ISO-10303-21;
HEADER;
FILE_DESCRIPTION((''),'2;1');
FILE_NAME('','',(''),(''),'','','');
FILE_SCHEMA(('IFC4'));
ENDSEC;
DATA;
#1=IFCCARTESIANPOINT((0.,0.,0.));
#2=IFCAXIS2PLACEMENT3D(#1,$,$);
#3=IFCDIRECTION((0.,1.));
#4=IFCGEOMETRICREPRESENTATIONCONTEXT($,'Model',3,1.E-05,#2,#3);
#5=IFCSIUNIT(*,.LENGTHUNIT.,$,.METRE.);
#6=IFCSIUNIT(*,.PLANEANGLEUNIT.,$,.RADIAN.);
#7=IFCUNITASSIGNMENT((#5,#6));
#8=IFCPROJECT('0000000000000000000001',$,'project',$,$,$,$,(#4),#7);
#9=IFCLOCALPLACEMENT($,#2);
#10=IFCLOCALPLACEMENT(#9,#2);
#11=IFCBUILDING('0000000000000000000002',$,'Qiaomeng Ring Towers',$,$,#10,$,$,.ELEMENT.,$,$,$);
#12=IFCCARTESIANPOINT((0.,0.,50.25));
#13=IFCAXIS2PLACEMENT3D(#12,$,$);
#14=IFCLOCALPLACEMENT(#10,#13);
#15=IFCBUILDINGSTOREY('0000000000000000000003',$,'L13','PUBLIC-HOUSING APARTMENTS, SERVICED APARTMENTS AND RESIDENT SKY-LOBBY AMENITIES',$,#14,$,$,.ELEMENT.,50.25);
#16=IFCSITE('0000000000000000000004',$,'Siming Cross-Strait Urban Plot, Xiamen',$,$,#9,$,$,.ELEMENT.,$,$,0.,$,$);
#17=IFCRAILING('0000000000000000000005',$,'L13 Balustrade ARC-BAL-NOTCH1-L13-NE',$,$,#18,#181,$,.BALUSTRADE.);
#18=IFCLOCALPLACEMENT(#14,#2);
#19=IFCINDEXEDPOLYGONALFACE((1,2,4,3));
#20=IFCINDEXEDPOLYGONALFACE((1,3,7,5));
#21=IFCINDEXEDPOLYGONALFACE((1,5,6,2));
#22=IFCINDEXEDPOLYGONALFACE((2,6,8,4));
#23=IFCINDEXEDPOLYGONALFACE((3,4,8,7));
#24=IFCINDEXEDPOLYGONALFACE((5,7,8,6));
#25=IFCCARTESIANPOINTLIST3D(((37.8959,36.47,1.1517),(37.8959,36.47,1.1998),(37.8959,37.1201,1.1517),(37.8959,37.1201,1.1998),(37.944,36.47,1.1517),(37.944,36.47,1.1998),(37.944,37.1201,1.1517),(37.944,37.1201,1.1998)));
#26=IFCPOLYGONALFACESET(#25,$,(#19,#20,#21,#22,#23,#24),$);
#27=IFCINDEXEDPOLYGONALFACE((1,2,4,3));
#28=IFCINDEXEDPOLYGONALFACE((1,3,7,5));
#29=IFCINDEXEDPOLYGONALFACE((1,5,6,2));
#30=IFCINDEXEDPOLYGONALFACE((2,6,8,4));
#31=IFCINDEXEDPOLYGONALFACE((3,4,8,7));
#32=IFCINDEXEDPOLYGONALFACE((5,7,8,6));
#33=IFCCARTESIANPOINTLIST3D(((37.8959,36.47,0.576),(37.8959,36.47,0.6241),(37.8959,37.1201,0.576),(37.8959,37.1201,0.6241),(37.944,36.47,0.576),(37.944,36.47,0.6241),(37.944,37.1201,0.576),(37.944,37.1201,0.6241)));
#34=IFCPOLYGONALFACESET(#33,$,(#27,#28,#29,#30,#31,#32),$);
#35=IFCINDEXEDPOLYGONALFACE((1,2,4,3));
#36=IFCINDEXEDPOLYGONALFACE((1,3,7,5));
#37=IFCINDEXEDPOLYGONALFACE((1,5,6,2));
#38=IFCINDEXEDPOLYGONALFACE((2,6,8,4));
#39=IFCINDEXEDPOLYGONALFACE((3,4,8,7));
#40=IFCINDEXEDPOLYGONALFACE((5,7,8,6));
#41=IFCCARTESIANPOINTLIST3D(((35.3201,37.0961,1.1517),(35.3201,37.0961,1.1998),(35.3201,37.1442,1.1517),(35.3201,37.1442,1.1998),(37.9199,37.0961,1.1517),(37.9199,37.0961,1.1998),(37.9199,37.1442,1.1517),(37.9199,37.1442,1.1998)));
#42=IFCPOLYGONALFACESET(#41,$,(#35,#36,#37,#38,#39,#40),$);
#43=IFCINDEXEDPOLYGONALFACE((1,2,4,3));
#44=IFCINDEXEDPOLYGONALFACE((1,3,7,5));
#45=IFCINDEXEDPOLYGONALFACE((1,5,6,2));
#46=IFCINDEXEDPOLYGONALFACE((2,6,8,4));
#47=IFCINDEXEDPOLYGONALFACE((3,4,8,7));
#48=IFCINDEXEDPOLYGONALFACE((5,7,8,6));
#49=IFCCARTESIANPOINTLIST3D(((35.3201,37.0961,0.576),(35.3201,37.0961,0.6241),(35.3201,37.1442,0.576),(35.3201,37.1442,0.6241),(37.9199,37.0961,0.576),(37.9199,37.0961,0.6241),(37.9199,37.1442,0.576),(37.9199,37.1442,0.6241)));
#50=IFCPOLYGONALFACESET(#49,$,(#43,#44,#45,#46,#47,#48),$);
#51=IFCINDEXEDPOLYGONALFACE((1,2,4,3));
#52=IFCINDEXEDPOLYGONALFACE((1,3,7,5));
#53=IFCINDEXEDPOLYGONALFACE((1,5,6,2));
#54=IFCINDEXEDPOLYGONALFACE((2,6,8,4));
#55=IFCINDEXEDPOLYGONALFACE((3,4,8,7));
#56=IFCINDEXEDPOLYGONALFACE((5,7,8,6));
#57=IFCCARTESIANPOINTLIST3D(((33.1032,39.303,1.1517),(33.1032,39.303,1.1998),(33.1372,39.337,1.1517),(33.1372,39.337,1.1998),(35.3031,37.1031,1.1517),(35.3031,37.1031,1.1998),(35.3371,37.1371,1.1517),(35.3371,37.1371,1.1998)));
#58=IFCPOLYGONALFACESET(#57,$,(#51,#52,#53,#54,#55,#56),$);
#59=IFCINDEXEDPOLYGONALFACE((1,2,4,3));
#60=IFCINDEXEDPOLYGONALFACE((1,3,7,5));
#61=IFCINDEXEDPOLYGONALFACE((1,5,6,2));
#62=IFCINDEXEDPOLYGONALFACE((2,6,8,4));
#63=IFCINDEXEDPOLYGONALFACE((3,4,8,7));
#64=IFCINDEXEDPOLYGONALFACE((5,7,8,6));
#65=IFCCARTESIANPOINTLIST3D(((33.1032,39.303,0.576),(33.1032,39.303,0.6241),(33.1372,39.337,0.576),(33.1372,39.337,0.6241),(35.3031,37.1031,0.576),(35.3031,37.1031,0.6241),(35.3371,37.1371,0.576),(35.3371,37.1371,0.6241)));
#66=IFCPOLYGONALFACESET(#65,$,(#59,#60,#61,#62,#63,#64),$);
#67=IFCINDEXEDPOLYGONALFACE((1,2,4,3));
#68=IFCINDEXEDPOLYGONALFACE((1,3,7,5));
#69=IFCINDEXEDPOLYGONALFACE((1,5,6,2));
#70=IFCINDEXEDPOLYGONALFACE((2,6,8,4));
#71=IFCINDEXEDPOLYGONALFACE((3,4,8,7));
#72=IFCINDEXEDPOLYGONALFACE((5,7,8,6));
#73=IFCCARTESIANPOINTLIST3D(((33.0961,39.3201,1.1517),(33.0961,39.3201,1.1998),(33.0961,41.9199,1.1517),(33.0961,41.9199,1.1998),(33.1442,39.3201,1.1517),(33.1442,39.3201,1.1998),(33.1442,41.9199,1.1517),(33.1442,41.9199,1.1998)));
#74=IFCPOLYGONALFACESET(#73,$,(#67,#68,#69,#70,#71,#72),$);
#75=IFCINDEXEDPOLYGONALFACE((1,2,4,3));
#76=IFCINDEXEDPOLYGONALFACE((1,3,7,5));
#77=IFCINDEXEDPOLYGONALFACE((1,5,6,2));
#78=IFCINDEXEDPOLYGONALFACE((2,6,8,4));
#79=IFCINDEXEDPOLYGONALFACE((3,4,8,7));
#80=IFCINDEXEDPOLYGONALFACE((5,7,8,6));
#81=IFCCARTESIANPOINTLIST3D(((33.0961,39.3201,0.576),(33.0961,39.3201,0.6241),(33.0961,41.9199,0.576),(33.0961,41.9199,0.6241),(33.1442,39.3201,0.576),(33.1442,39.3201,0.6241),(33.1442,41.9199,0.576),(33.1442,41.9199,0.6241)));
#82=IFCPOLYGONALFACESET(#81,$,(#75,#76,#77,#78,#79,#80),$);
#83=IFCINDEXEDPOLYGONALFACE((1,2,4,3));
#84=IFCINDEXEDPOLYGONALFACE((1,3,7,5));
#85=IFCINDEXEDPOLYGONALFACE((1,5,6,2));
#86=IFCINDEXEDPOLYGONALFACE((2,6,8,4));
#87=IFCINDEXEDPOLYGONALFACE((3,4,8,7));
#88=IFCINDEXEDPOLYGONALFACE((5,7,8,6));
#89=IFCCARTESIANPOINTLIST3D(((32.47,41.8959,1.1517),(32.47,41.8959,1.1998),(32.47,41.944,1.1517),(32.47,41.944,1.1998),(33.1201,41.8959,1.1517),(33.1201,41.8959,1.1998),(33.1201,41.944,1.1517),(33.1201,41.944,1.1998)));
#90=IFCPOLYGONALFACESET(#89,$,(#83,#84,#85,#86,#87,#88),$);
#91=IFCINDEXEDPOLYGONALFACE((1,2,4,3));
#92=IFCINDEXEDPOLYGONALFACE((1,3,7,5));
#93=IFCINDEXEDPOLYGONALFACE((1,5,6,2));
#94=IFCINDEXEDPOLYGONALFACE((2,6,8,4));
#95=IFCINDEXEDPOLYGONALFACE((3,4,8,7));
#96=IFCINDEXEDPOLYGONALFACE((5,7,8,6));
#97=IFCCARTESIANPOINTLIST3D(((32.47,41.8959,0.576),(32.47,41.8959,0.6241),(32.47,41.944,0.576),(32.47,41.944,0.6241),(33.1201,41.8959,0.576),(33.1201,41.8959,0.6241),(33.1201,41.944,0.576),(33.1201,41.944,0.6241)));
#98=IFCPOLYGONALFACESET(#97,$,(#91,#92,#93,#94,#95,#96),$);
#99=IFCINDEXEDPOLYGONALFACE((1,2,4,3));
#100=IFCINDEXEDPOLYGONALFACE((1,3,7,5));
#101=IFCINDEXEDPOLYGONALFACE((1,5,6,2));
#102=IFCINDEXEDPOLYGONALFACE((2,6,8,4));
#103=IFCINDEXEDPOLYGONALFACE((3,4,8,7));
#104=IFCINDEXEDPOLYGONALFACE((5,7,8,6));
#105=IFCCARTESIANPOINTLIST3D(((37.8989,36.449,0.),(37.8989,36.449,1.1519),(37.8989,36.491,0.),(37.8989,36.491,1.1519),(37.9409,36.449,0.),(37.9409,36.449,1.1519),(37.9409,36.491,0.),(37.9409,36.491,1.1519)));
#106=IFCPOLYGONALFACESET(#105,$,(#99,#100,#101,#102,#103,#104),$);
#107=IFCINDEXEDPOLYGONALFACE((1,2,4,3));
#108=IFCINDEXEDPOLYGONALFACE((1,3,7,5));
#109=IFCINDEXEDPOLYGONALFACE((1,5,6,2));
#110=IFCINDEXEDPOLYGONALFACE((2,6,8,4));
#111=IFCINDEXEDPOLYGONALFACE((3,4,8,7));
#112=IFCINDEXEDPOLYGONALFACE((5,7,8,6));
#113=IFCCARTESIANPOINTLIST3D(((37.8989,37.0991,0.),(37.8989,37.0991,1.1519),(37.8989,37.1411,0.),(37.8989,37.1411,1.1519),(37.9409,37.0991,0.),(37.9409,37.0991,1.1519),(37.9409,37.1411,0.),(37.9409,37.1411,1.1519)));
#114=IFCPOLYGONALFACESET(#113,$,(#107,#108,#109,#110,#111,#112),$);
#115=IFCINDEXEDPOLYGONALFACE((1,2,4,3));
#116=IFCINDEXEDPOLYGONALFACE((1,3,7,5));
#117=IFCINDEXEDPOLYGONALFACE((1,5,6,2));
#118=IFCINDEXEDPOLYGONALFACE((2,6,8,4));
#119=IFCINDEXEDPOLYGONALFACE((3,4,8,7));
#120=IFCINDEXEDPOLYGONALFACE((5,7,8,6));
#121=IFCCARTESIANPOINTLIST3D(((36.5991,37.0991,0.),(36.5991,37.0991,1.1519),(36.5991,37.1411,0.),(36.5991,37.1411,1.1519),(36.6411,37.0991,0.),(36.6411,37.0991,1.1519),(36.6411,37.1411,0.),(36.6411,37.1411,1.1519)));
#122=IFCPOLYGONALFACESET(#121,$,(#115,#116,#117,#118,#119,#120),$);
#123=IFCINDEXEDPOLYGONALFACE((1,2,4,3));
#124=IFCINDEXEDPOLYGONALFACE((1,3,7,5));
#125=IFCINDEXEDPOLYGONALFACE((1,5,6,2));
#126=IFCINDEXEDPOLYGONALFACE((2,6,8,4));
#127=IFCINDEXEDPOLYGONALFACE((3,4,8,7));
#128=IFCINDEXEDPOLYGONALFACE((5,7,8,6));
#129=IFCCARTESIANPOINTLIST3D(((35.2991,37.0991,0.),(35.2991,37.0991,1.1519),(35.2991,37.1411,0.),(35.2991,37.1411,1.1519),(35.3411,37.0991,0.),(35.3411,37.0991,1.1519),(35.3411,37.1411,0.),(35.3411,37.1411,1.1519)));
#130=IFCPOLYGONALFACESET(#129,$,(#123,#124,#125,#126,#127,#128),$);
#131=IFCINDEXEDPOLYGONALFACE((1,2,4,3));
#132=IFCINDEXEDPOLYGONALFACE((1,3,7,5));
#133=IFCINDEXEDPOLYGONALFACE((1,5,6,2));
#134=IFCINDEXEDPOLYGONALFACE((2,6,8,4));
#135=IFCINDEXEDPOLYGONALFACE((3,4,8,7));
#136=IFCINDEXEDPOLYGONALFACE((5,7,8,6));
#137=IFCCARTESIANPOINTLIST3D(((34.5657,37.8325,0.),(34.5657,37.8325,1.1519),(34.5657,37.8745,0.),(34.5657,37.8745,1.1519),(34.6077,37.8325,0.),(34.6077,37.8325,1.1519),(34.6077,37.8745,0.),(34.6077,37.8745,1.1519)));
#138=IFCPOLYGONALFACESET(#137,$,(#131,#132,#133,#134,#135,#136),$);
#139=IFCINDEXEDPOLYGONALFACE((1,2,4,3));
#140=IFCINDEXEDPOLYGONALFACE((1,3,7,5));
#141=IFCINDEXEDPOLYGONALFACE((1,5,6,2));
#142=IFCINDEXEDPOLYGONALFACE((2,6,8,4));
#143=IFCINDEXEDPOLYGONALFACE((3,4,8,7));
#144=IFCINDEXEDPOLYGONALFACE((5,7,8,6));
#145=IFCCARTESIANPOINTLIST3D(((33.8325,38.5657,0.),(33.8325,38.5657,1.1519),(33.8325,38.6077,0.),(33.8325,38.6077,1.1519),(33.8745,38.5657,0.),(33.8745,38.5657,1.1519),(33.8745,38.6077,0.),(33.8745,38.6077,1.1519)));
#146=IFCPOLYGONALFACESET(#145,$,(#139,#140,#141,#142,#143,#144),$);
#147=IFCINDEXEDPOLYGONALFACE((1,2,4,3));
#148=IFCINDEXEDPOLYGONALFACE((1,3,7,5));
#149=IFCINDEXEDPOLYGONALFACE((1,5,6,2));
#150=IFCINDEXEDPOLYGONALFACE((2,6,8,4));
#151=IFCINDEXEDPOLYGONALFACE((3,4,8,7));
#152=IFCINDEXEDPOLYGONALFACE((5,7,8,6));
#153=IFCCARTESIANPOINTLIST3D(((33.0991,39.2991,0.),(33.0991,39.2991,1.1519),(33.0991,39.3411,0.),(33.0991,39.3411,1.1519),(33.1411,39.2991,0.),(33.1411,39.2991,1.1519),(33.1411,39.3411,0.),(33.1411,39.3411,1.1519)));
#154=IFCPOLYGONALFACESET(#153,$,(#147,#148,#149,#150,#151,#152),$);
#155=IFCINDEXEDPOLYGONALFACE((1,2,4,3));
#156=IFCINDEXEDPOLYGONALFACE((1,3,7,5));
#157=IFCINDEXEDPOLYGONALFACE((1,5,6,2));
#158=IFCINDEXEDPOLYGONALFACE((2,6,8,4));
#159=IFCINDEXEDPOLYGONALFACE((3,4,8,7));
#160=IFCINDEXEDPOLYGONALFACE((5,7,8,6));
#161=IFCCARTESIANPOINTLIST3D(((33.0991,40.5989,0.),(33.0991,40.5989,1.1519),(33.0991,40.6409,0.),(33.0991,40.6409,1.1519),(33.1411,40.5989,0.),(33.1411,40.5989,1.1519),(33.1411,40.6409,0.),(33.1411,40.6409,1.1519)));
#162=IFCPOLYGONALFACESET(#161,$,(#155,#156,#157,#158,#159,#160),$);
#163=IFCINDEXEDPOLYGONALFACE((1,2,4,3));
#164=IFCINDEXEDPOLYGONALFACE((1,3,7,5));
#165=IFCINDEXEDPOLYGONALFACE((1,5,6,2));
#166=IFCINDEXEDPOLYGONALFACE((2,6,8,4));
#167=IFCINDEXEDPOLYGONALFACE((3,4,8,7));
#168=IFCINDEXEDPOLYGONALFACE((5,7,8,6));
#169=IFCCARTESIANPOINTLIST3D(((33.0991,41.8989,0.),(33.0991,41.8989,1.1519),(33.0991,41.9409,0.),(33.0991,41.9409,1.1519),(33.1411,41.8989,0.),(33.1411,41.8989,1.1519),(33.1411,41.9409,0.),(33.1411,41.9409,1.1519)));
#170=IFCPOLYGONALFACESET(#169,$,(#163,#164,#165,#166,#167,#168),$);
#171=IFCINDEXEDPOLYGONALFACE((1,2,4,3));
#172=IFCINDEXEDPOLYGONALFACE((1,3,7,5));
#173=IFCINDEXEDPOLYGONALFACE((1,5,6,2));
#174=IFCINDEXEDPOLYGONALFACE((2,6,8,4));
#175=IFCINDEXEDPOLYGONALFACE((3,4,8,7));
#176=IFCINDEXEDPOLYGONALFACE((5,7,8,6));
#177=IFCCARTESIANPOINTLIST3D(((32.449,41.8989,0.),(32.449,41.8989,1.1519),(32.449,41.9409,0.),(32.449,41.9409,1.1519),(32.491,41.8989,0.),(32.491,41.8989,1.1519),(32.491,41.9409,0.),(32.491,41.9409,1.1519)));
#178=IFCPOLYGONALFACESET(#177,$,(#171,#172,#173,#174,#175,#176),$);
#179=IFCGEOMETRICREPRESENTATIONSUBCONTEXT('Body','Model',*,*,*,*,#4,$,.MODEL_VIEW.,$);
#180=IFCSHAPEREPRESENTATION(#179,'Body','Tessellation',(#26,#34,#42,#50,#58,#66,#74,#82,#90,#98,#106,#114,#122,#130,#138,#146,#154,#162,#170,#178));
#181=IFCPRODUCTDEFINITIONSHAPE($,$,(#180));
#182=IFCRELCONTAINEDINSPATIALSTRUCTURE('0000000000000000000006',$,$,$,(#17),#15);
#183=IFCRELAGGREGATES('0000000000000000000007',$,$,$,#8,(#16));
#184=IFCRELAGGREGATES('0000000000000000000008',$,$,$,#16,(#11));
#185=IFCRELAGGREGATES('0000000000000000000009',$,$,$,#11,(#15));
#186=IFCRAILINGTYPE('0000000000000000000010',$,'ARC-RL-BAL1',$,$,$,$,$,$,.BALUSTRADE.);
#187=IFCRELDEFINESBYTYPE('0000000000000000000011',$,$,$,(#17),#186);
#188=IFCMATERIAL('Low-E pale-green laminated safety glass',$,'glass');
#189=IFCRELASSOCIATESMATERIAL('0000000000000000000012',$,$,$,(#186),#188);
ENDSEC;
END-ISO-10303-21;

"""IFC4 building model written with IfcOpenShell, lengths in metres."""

from ifc_helpers import new_model, si_unit, direction, frame, origin, origin_2d, place, context, subcontext, project, spatial, rectangle, extrude, material, type_object, element, save


model = new_model("IFC4")

# Units and contexts
model_context = context("Model", 3, precision=1e-05, world=origin(), true_north=direction((0.0, 1.0)))
body_context = subcontext(model_context, "Body", "Model", "MODEL_VIEW")
ifc_project = project(units=[si_unit("LENGTHUNIT", "METRE"), si_unit("PLANEANGLEUNIT", "RADIAN")], contexts=[model_context])

# Site, building, storey
site_placement = place(None, origin())
site = spatial("IfcSite", under=ifc_project, at=site_placement, Name="Siming Cross-Strait Urban Plot, Xiamen", CompositionType="ELEMENT", RefElevation=0.0)
building_placement = place(site_placement, origin())
building = spatial("IfcBuilding", under=site, at=building_placement, Name="Qiaomeng Ring Towers", CompositionType="ELEMENT")
storey_placement = place(building_placement, frame((0.0, 0.0, 50.25)))
storey = spatial("IfcBuildingStorey", under=building, at=storey_placement, Name="L13", Description="PUBLIC-HOUSING APARTMENTS, SERVICED APARTMENTS AND RESIDENT SKY-LOBBY AMENITIES", CompositionType="ELEMENT", Elevation=50.25)

# Railing
ifc_material_1 = material(Name="Low-E pale-green laminated safety glass", Category="glass")
railing_type = type_object("IfcRailingType", Name="ARC-RL-BAL1", PredefinedType="BALUSTRADE", material=ifc_material_1)
railing_placement = place(storey_placement, frame((37.9199, 36.47, 0.0)))
element("IfcRailing", 1, at=railing_placement, inside=storey, type_object=railing_type, Name="L13 Balustrade ARC-BAL-NOTCH1-L13-NE", PredefinedType="BALUSTRADE", context=body_context, shape_type="SweptSolid", body=[
    extrude(rectangle(XDim=0.0481, YDim=0.0481, at=origin_2d()), frame((0.0, 0.0, 1.1758), z_axis=(0.0, 1.0, 0.0), x_axis=(-1.0, 0.0, 0.0)), (0.0, 0.0, 1.0), 0.6501),
    extrude(rectangle(XDim=0.0481, YDim=0.0481, at=origin_2d()), frame((0.0, 0.0, 0.6001), z_axis=(0.0, 1.0, 0.0), x_axis=(-1.0, 0.0, 0.0)), (0.0, 0.0, 1.0), 0.6501),
    extrude(rectangle(XDim=0.0481, YDim=0.0481, at=origin_2d()), frame((0.0, 0.6501, 1.1758), z_axis=(-1.0, 0.0, 0.0), x_axis=(0.0, -1.0, 0.0)), (0.0, 0.0, 1.0), 2.5999),
    extrude(rectangle(XDim=0.0481, YDim=0.0481, at=origin_2d()), frame((0.0, 0.6501, 0.6001), z_axis=(-1.0, 0.0, 0.0), x_axis=(0.0, -1.0, 0.0)), (0.0, 0.0, 1.0), 2.5999),
    extrude(rectangle(XDim=0.0481, YDim=0.0481, at=origin_2d()), frame((-2.5999, 0.6501, 1.1758), z_axis=(-0.707107, 0.707107, 0.0), x_axis=(-0.707107, -0.707107, 0.0)), (0.0, 0.0, 1.0), 3.1111),
    extrude(rectangle(XDim=0.0481, YDim=0.0481, at=origin_2d()), frame((-2.5999, 0.6501, 0.6001), z_axis=(-0.707107, 0.707107, 0.0), x_axis=(-0.707107, -0.707107, 0.0)), (0.0, 0.0, 1.0), 3.1111),
    extrude(rectangle(XDim=0.0481, YDim=0.0481, at=origin_2d()), frame((-4.7998, 2.8501, 1.1758), z_axis=(0.0, 1.0, 0.0), x_axis=(-1.0, 0.0, 0.0)), (0.0, 0.0, 1.0), 2.5999),
    extrude(rectangle(XDim=0.0481, YDim=0.0481, at=origin_2d()), frame((-4.7998, 2.8501, 0.6001), z_axis=(0.0, 1.0, 0.0), x_axis=(-1.0, 0.0, 0.0)), (0.0, 0.0, 1.0), 2.5999),
    extrude(rectangle(XDim=0.0481, YDim=0.0481, at=origin_2d()), frame((-4.7998, 5.45, 1.1758), z_axis=(-1.0, 0.0, 0.0), x_axis=(0.0, -1.0, 0.0)), (0.0, 0.0, 1.0), 0.6501),
    extrude(rectangle(XDim=0.0481, YDim=0.0481, at=origin_2d()), frame((-4.7998, 5.45, 0.6001), z_axis=(-1.0, 0.0, 0.0), x_axis=(0.0, -1.0, 0.0)), (0.0, 0.0, 1.0), 0.6501),
    extrude(rectangle(XDim=0.042, YDim=0.042, at=origin_2d()), origin(), (0.0, 0.0, 1.0), 1.1519),
    extrude(rectangle(XDim=0.042, YDim=0.042, at=origin_2d()), frame((0.0, 0.6501, 0.0)), (0.0, 0.0, 1.0), 1.1519),
    extrude(rectangle(XDim=0.042, YDim=0.042, at=origin_2d()), frame((-1.2998, 0.6501, 0.0)), (0.0, 0.0, 1.0), 1.1519),
    extrude(rectangle(XDim=0.042, YDim=0.042, at=origin_2d()), frame((-2.5999, 0.6501, 0.0)), (0.0, 0.0, 1.0), 1.1519),
    extrude(rectangle(XDim=0.042, YDim=0.042, at=origin_2d()), frame((-3.3333, 1.3835, 0.0)), (0.0, 0.0, 1.0), 1.1519),
    extrude(rectangle(XDim=0.042, YDim=0.042, at=origin_2d()), frame((-4.0664, 2.1167, 0.0)), (0.0, 0.0, 1.0), 1.1519),
    extrude(rectangle(XDim=0.042, YDim=0.042, at=origin_2d()), frame((-4.7998, 2.8501, 0.0)), (0.0, 0.0, 1.0), 1.1519),
    extrude(rectangle(XDim=0.042, YDim=0.042, at=origin_2d()), frame((-4.7998, 4.1499, 0.0)), (0.0, 0.0, 1.0), 1.1519),
    extrude(rectangle(XDim=0.042, YDim=0.042, at=origin_2d()), frame((-4.7998, 5.45, 0.0)), (0.0, 0.0, 1.0), 1.1519),
    extrude(rectangle(XDim=0.042, YDim=0.042, at=origin_2d()), frame((-5.45, 5.45, 0.0)), (0.0, 0.0, 1.0), 1.1519),
])

save(model, "model.ifc")
